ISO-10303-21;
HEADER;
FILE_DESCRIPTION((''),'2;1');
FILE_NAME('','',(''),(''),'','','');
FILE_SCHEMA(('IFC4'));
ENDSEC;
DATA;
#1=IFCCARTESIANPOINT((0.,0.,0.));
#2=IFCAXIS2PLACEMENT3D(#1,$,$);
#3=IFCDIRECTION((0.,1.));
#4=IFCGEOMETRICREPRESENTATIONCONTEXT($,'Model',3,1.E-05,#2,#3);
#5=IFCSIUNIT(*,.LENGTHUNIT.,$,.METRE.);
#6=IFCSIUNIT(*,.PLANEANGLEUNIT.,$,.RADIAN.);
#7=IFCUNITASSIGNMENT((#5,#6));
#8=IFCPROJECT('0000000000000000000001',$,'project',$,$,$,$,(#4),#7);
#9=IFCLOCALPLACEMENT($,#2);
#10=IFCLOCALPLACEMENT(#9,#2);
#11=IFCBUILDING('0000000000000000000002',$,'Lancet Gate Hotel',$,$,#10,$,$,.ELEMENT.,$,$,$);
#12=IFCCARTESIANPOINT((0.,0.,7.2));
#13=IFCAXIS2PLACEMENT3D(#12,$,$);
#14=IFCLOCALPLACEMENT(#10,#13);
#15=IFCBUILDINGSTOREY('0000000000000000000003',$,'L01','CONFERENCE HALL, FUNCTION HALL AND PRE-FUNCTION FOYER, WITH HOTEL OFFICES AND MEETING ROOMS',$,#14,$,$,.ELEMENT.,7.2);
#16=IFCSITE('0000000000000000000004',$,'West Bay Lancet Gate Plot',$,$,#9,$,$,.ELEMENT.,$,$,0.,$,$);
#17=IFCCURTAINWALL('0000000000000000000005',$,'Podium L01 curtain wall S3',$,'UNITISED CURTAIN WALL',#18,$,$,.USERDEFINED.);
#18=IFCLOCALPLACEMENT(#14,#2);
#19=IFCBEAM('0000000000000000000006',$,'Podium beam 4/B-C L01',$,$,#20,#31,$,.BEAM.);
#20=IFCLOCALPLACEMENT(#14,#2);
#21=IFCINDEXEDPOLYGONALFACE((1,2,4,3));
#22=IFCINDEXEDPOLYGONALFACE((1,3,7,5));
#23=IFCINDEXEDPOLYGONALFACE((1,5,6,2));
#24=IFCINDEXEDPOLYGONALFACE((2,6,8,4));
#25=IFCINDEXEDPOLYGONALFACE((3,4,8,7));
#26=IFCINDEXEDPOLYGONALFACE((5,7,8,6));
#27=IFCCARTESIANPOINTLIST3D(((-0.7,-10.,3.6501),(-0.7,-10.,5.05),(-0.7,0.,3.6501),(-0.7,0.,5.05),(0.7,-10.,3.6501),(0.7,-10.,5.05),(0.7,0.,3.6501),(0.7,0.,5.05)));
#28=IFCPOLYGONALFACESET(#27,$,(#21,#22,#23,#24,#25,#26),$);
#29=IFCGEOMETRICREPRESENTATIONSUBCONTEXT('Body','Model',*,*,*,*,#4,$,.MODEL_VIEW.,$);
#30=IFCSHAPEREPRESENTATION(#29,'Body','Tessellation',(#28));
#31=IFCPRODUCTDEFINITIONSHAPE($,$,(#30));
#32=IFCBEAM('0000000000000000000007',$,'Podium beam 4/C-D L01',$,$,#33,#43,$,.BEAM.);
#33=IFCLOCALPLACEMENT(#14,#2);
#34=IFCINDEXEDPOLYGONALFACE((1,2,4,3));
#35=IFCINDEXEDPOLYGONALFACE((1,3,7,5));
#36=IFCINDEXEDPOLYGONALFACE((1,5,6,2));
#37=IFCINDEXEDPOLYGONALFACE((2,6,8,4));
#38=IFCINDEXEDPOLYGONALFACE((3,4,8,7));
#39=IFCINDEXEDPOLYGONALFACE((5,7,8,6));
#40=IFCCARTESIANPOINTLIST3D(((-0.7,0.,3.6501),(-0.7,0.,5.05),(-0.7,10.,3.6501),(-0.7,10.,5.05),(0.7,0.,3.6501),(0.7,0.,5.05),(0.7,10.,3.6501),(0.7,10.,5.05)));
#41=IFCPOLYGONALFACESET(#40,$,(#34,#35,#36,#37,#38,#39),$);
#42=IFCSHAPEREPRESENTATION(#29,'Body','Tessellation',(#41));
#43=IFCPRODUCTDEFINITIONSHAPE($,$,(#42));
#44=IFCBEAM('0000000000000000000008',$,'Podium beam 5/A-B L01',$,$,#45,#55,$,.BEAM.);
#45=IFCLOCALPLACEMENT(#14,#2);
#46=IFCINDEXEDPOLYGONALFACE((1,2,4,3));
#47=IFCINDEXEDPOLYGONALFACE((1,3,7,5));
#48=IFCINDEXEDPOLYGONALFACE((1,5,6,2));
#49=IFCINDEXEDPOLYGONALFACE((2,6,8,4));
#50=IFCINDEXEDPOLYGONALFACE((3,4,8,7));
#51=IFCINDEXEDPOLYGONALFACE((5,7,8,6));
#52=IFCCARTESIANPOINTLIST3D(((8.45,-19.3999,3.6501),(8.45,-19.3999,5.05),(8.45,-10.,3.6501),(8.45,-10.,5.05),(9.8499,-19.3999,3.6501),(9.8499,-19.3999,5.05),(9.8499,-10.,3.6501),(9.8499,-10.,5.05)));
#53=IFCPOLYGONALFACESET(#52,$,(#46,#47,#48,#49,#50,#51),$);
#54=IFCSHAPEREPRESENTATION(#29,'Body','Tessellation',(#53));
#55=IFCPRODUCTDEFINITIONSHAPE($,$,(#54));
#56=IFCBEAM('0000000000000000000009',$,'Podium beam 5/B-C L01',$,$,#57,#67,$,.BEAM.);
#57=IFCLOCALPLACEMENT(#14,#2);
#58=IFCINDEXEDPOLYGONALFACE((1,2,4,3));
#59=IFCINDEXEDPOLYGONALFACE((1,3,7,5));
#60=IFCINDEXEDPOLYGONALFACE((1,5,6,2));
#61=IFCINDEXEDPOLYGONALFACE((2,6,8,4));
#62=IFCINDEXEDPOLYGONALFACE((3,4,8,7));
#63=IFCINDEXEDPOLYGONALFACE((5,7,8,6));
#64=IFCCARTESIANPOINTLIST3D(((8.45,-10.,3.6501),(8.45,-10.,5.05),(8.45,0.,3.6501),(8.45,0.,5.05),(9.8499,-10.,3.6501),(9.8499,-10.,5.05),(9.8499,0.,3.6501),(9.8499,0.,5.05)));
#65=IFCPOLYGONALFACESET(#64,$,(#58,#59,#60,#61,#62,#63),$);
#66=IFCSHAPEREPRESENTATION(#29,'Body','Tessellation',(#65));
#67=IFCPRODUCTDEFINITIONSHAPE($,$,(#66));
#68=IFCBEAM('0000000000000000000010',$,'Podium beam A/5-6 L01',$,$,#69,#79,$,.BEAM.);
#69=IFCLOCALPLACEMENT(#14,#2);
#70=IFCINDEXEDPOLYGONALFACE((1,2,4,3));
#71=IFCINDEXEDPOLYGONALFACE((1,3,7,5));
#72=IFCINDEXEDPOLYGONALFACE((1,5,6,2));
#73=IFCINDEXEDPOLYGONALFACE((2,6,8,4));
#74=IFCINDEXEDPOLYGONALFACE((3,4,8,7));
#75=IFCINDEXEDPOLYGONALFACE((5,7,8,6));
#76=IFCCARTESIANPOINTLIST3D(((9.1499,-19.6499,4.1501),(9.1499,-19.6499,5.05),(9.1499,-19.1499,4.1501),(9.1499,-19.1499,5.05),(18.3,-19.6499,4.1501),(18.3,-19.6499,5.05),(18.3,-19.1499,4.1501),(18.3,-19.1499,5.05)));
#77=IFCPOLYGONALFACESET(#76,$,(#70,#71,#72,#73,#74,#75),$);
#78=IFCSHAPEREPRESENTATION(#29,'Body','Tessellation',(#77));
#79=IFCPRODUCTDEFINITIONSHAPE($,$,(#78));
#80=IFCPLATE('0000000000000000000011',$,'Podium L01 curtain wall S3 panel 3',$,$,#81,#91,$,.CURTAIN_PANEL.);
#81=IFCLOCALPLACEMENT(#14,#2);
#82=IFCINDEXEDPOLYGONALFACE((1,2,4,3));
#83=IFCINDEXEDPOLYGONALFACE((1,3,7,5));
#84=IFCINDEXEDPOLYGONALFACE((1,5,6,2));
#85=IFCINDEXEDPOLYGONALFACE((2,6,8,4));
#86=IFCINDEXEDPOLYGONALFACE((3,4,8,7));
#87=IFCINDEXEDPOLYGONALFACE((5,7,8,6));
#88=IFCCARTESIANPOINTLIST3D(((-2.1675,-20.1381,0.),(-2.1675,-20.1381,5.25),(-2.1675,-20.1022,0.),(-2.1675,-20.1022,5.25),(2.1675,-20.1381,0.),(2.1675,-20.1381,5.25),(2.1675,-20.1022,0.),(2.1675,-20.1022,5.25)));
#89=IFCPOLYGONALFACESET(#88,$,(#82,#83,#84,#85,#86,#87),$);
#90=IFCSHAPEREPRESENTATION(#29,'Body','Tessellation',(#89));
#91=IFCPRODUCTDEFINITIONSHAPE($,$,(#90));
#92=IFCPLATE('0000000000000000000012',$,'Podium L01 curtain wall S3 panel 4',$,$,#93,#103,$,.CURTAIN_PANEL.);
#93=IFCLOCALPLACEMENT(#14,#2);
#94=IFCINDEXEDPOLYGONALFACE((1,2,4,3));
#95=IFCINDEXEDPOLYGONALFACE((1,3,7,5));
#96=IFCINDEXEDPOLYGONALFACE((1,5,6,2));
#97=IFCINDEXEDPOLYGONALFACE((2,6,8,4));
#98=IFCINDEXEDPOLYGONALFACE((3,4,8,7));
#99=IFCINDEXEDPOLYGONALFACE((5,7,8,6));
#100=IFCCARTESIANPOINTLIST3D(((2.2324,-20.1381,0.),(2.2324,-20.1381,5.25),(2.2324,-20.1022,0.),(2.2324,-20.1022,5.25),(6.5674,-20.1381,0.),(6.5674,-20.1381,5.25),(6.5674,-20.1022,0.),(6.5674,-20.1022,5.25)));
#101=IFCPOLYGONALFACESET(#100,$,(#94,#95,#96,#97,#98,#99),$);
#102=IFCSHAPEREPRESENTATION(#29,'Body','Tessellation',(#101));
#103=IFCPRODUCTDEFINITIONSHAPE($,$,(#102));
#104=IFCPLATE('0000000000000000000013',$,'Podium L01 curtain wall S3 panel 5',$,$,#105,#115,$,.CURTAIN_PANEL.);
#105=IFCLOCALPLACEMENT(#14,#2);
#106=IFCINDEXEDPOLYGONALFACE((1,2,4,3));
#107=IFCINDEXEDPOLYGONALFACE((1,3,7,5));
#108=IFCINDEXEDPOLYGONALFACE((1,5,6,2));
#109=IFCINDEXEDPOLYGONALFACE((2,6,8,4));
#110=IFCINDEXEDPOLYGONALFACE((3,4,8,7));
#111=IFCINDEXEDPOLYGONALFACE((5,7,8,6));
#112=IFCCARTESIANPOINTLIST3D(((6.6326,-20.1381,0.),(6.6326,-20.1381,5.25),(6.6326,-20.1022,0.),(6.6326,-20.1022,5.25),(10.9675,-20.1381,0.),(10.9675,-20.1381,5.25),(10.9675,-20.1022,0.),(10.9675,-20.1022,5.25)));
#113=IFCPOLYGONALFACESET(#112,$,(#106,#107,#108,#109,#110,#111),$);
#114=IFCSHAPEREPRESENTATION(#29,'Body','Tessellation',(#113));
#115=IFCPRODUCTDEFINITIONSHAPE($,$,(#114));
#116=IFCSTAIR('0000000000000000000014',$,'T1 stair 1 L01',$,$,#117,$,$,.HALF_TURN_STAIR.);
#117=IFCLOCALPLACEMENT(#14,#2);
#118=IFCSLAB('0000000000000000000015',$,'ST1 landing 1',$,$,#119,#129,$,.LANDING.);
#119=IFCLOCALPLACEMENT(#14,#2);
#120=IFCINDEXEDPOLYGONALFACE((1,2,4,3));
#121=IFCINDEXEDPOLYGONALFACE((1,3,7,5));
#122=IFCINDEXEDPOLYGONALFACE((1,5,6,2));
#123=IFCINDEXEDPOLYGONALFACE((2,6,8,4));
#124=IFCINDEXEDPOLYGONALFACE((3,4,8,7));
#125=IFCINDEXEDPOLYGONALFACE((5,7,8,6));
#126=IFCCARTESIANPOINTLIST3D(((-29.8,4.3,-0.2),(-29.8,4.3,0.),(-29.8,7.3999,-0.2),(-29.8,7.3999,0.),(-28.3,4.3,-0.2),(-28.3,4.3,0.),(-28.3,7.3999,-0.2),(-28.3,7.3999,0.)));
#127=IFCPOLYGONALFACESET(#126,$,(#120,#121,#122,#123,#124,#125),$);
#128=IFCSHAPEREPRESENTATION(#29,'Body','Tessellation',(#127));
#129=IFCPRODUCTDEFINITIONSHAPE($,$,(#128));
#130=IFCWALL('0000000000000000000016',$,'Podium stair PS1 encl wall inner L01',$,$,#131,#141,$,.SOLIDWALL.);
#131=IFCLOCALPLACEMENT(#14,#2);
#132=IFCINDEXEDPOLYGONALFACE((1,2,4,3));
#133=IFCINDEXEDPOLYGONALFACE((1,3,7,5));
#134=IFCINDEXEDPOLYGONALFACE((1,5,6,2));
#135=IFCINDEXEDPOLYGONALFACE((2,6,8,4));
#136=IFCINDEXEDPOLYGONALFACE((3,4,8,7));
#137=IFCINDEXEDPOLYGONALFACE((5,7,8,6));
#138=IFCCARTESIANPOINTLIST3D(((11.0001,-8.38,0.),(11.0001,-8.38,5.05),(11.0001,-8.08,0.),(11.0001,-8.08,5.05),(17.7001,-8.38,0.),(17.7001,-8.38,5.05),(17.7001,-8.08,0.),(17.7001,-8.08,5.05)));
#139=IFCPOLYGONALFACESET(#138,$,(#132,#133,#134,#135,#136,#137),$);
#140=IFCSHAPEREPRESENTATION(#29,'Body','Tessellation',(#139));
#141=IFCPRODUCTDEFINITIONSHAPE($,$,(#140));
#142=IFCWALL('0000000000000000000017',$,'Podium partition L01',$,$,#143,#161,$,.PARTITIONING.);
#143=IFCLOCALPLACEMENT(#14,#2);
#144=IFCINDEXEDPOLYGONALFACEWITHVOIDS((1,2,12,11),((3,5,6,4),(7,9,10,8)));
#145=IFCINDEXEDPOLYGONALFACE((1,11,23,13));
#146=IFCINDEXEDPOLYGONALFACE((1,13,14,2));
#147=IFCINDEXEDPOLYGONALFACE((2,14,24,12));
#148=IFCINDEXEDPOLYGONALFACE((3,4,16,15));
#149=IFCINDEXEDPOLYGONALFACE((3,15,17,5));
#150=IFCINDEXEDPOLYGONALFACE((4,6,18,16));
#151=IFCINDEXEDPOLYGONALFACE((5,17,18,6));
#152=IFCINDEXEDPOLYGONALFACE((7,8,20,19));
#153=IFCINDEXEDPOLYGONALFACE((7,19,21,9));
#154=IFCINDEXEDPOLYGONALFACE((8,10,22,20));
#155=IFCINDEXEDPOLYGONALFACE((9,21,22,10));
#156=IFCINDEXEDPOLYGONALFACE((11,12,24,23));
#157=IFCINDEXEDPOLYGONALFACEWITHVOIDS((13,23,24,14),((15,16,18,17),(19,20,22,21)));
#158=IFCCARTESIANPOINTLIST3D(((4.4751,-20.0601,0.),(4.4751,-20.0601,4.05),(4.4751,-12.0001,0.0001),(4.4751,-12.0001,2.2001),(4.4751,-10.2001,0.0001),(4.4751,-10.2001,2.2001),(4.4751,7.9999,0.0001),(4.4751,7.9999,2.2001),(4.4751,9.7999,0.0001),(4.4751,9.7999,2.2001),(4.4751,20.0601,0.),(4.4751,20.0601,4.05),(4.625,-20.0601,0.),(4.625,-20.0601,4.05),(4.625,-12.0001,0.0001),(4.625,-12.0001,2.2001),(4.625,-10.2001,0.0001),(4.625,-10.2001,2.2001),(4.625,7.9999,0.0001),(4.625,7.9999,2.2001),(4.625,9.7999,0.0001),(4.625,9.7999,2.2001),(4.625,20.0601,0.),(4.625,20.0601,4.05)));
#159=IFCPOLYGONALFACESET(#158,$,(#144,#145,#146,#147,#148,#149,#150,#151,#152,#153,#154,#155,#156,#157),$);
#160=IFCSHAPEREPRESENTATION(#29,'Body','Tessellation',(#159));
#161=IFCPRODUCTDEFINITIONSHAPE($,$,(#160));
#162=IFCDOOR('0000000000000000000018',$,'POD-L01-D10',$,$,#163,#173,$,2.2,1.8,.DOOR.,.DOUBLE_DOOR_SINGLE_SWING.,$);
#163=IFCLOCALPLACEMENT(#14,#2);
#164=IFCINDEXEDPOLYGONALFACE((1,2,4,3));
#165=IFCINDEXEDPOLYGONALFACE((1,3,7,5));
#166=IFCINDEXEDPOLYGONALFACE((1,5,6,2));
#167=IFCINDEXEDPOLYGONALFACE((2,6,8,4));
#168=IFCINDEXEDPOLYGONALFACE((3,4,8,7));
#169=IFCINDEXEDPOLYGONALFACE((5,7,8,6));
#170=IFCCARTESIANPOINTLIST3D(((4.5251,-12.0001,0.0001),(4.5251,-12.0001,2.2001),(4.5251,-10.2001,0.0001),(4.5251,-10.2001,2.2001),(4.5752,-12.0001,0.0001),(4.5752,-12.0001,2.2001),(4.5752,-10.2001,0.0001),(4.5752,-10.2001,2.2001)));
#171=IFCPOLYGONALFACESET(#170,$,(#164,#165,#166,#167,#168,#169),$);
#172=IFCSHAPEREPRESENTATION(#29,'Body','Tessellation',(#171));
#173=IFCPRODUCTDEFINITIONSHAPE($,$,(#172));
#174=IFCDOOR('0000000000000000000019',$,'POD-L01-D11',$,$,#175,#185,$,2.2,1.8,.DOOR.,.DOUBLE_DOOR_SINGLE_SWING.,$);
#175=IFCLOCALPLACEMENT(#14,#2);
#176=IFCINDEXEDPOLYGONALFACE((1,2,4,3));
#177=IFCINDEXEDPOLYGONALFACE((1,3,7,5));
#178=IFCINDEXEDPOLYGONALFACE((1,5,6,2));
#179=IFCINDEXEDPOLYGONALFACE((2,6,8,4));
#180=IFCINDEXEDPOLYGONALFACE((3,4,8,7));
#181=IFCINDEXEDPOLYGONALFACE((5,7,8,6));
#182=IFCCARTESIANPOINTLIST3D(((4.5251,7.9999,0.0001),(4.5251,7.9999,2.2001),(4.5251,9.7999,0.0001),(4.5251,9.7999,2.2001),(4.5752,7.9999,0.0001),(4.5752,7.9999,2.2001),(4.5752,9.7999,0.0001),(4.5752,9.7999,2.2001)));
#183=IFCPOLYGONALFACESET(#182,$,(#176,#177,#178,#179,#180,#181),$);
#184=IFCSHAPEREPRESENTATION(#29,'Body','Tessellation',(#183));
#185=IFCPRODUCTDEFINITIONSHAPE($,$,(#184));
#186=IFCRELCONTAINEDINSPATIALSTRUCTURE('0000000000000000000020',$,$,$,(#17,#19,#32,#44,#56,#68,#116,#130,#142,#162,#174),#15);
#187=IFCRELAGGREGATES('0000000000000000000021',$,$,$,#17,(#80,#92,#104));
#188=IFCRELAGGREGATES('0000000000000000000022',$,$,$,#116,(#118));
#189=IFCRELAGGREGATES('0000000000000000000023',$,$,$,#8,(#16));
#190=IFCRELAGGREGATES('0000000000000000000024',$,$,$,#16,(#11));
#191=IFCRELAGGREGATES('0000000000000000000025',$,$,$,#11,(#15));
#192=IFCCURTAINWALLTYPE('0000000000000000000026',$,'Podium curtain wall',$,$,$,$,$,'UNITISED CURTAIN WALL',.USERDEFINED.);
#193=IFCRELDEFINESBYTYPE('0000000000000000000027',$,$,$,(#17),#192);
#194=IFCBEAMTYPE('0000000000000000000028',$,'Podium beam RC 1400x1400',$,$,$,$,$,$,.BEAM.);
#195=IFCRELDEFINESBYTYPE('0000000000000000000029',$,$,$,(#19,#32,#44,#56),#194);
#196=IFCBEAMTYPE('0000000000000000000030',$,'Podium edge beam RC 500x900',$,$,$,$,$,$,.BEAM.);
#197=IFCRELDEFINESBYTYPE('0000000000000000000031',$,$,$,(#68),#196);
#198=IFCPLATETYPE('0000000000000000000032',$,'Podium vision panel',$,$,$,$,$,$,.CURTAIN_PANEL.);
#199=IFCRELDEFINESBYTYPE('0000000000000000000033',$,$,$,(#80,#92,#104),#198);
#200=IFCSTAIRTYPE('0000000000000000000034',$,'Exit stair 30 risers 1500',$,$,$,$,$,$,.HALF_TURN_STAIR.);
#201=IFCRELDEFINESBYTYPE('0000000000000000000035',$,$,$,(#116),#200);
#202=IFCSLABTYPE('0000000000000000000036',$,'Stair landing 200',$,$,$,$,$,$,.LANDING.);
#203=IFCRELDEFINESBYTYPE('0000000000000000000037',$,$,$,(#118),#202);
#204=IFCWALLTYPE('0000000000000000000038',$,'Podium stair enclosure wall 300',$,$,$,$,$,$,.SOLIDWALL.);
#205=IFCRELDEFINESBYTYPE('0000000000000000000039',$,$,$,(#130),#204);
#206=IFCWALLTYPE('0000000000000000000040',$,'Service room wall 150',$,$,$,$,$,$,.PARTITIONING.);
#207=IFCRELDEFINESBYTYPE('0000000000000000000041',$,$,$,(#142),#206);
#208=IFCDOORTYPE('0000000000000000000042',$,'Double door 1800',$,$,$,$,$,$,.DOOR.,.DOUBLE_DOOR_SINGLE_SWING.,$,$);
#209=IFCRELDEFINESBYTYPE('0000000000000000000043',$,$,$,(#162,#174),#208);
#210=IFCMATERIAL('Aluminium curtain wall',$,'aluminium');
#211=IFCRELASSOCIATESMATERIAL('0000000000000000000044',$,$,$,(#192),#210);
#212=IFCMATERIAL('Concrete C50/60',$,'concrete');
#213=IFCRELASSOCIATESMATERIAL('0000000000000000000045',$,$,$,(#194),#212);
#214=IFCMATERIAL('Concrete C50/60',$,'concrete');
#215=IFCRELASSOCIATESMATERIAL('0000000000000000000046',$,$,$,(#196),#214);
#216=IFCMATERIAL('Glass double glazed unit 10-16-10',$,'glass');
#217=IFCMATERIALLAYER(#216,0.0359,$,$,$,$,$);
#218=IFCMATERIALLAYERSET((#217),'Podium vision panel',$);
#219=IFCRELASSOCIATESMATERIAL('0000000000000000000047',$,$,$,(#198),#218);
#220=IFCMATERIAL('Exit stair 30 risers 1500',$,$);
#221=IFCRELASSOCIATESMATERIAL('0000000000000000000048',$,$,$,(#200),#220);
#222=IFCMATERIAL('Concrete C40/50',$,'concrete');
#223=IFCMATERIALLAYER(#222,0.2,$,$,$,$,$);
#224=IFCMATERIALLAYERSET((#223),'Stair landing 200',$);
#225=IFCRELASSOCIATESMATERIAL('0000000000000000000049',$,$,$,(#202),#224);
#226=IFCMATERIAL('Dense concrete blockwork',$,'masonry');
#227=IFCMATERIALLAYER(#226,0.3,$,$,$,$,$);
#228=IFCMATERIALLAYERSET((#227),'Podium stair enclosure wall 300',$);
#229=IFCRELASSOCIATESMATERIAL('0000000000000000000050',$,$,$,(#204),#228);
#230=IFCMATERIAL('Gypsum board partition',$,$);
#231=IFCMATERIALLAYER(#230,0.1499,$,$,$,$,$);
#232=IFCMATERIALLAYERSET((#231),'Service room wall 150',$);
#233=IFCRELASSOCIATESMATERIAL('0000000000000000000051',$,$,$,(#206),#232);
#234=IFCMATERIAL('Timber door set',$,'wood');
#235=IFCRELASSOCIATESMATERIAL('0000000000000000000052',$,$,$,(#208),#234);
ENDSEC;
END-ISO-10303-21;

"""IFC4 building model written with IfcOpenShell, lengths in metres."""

from ifc_helpers import new_model, si_unit, direction, frame, frame_2d, origin, origin_2d, place, context, subcontext, project, spatial, polyline, rectangle, outline, extrude, material, layer, layer_set, material_profile, profile_set, type_object, element, fill, aggregate, save


model = new_model("IFC4")

# Units and contexts
model_context = context("Model", 3, precision=1e-05, world=origin(), true_north=direction((0.0, 1.0)))
body_context = subcontext(model_context, "Body", "Model", "MODEL_VIEW")
ifc_project = project(units=[si_unit("LENGTHUNIT", "METRE"), si_unit("PLANEANGLEUNIT", "RADIAN")], contexts=[model_context])

# Site, building, storey
site_placement = place(None, origin())
site = spatial("IfcSite", under=ifc_project, at=site_placement, Name="West Bay Lancet Gate Plot", CompositionType="ELEMENT", RefElevation=0.0)
building_placement = place(site_placement, origin())
building = spatial("IfcBuilding", under=site, at=building_placement, Name="Lancet Gate Hotel", CompositionType="ELEMENT")
storey_placement = place(building_placement, frame((0.0, 0.0, 7.2)))
storey = spatial("IfcBuildingStorey", under=building, at=storey_placement, Name="L01", Description="CONFERENCE HALL, FUNCTION HALL AND PRE-FUNCTION FOYER, WITH HOTEL OFFICES AND MEETING ROOMS", CompositionType="ELEMENT", Elevation=7.2)

# Curtain wall
ifc_material_1 = material(Name="Aluminium curtain wall", Category="aluminium")
curtain_wall_type = type_object("IfcCurtainWallType", Name="Podium curtain wall", ElementType="UNITISED CURTAIN WALL", PredefinedType="USERDEFINED", material=ifc_material_1)
curtain_wall_placement = place(storey_placement, origin())
curtain_wall = element("IfcCurtainWall", 1, at=curtain_wall_placement, inside=storey, type_object=curtain_wall_type, Name="Podium L01 curtain wall S3", ObjectType="UNITISED CURTAIN WALL", PredefinedType="USERDEFINED")

# Beams
ifc_material_2 = material(Name="Concrete C50/60", Category="concrete")
ifc_material_profile_1 = material_profile(ifc_material_2, rectangle(XDim=1.3999, YDim=1.3999, at=origin_2d()), Name="RC 1400x1400")
ifc_profile_set_1 = profile_set([ifc_material_profile_1], Name="Concrete C50/60")
beam_type_1 = type_object("IfcBeamType", Name="Podium beam RC 1400x1400", PredefinedType="BEAM", material=ifc_profile_set_1)
for number, where, z_axis, x_axis, name in (
    (2, (0.0, -10.0, 4.3501), (0.0, 1.0, 0.0), (-1.0, 0.0, 0.0), "Podium beam 4/B-C L01"),
    (3, (0.0, 0.0, 4.3501), (0.0, 1.0, 0.0), (-1.0, 0.0, 0.0), "Podium beam 4/C-D L01"),
):
    element("IfcBeam", number, at=place(storey_placement, frame(where, z_axis=z_axis, x_axis=x_axis)), inside=storey, type_object=beam_type_1, Name=name, PredefinedType="BEAM", context=body_context, shape_type="SweptSolid", body=[
        extrude(rectangle(XDim=1.3999, YDim=1.3999, at=origin_2d()), origin(), (0.0, 0.0, 1.0), 10.0),
    ])
beam_1_placement = place(storey_placement, frame((9.1499, -19.3999, 4.3501), z_axis=(0.0, 1.0, 0.0), x_axis=(-1.0, 0.0, 0.0)))
element("IfcBeam", 4, at=beam_1_placement, inside=storey, type_object=beam_type_1, Name="Podium beam 5/A-B L01", PredefinedType="BEAM", context=body_context, shape_type="SweptSolid", body=[
    extrude(rectangle(XDim=1.3999, YDim=1.3999, at=origin_2d()), origin(), (0.0, 0.0, 1.0), 9.3999),
])
beam_2_placement = place(storey_placement, frame((9.1499, -10.0, 4.3501), z_axis=(0.0, 1.0, 0.0), x_axis=(-1.0, 0.0, 0.0)))
element("IfcBeam", 5, at=beam_2_placement, inside=storey, type_object=beam_type_1, Name="Podium beam 5/B-C L01", PredefinedType="BEAM", context=body_context, shape_type="SweptSolid", body=[
    extrude(rectangle(XDim=1.3999, YDim=1.3999, at=origin_2d()), origin(), (0.0, 0.0, 1.0), 10.0),
])
ifc_material_3 = material(Name="Concrete C50/60", Category="concrete")
ifc_material_profile_2 = material_profile(ifc_material_3, rectangle(XDim=0.5, YDim=0.8999, at=origin_2d()), Name="RC 500x900")
ifc_profile_set_2 = profile_set([ifc_material_profile_2], Name="Concrete C50/60")
beam_type_2 = type_object("IfcBeamType", Name="Podium edge beam RC 500x900", PredefinedType="BEAM", material=ifc_profile_set_2)
beam_3_placement = place(storey_placement, frame((9.1499, -19.3999, 4.6001), z_axis=(1.0, 0.0, 0.0), x_axis=(0.0, 1.0, 0.0)))
element("IfcBeam", 6, at=beam_3_placement, inside=storey, type_object=beam_type_2, Name="Podium beam A/5-6 L01", PredefinedType="BEAM", context=body_context, shape_type="SweptSolid", body=[
    extrude(rectangle(XDim=0.5, YDim=0.8999, at=origin_2d()), origin(), (0.0, 0.0, 1.0), 9.1501),
])

# Plates
ifc_material_4 = material(Name="Glass double glazed unit 10-16-10", Category="glass")
ifc_layer_1 = layer(ifc_material_4, 0.0359)
ifc_layer_set_1 = layer_set([ifc_layer_1], Name="Podium vision panel")
plate_type = type_object("IfcPlateType", Name="Podium vision panel", PredefinedType="CURTAIN_PANEL", material=ifc_layer_set_1)
plate_1_placement = place(storey_placement, frame((0.0, -20.1201, 0.0), z_axis=(0.0, 0.0, 1.0), x_axis=(1.0, 0.0, 0.0)))
plate_1 = element("IfcPlate", 7, at=plate_1_placement, type_object=plate_type, Name="Podium L01 curtain wall S3 panel 3", PredefinedType="CURTAIN_PANEL", context=body_context, shape_type="SweptSolid", body=[
    extrude(rectangle(XDim=4.335, YDim=0.0359, at=origin_2d()), origin(), (0.0, 0.0, 1.0), 5.25),
])
plate_2_placement = place(storey_placement, frame((4.3999, -20.1201, 0.0), z_axis=(0.0, 0.0, 1.0), x_axis=(1.0, 0.0, 0.0)))
plate_2 = element("IfcPlate", 8, at=plate_2_placement, type_object=plate_type, Name="Podium L01 curtain wall S3 panel 4", PredefinedType="CURTAIN_PANEL", context=body_context, shape_type="SweptSolid", body=[
    extrude(rectangle(XDim=4.335, YDim=0.0359, at=origin_2d()), origin(), (0.0, 0.0, 1.0), 5.25),
])
plate_3_placement = place(storey_placement, frame((8.8, -20.1201, 0.0), z_axis=(0.0, 0.0, 1.0), x_axis=(1.0, 0.0, 0.0)))
plate_3 = element("IfcPlate", 9, at=plate_3_placement, type_object=plate_type, Name="Podium L01 curtain wall S3 panel 5", PredefinedType="CURTAIN_PANEL", context=body_context, shape_type="SweptSolid", body=[
    extrude(rectangle(XDim=4.335, YDim=0.0359, at=origin_2d()), origin(), (0.0, 0.0, 1.0), 5.25),
])
aggregate(curtain_wall, [plate_1, plate_2, plate_3])

# Stair, slab
ifc_material_5 = material(Name="Exit stair 30 risers 1500")
stair_type = type_object("IfcStairType", Name="Exit stair 30 risers 1500", PredefinedType="HALF_TURN_STAIR", material=ifc_material_5)
stair_placement = place(storey_placement, origin())
stair = element("IfcStair", 10, at=stair_placement, inside=storey, type_object=stair_type, Name="T1 stair 1 L01", PredefinedType="HALF_TURN_STAIR")
ifc_material_6 = material(Name="Concrete C40/50", Category="concrete")
ifc_layer_2 = layer(ifc_material_6, 0.2)
ifc_layer_set_2 = layer_set([ifc_layer_2], Name="Stair landing 200")
slab_type = type_object("IfcSlabType", Name="Stair landing 200", PredefinedType="LANDING", material=ifc_layer_set_2)
slab_placement = place(storey_placement, frame((0.0, 0.0, -0.2)))
slab = element("IfcSlab", 11, at=slab_placement, type_object=slab_type, Name="ST1 landing 1", PredefinedType="LANDING", context=body_context, shape_type="SweptSolid", body=[
    extrude(outline(polyline([(-28.3, 7.3999), (-29.8, 7.3999), (-29.8, 4.3), (-28.3, 4.3), (-28.3, 7.3999)])), origin(), (0.0, 0.0, 1.0), 0.2),
])
aggregate(stair, [slab])

# Wall
ifc_material_7 = material(Name="Dense concrete blockwork", Category="masonry")
ifc_layer_3 = layer(ifc_material_7, 0.3)
ifc_layer_set_3 = layer_set([ifc_layer_3], Name="Podium stair enclosure wall 300")
wall_type_1 = type_object("IfcWallType", Name="Podium stair enclosure wall 300", PredefinedType="SOLIDWALL", material=ifc_layer_set_3)
wall_1_placement = place(storey_placement, frame((11.0, -8.23, 0.0), z_axis=(0.0, 0.0, 1.0), x_axis=(1.0, 0.0, 0.0)))
element("IfcWall", 12, at=wall_1_placement, inside=storey, type_object=wall_type_1, Name="Podium stair PS1 encl wall inner L01", PredefinedType="SOLIDWALL", context=body_context, shape_type="SweptSolid", body=[
    extrude(rectangle(XDim=6.7, YDim=0.3, at=frame_2d((3.3501, 0.0))), origin(), (0.0, 0.0, 1.0), 5.05),
])

# Wall, openings, doors
ifc_material_8 = material(Name="Gypsum board partition")
ifc_layer_4 = layer(ifc_material_8, 0.1499)
ifc_layer_set_4 = layer_set([ifc_layer_4], Name="Service room wall 150")
wall_type_2 = type_object("IfcWallType", Name="Service room wall 150", PredefinedType="PARTITIONING", material=ifc_layer_set_4)
wall_2_placement = place(storey_placement, frame((4.55, -20.0601, 0.0), z_axis=(0.0, 0.0, 1.0), x_axis=(0.0, 1.0, 0.0)))
wall_2 = element("IfcWall", 13, at=wall_2_placement, inside=storey, type_object=wall_type_2, Name="Podium partition L01", PredefinedType="PARTITIONING", context=body_context, shape_type="SweptSolid", body=[
    extrude(rectangle(XDim=40.1201, YDim=0.1499, at=frame_2d((20.0601, 0.0))), origin(), (0.0, 0.0, 1.0), 4.05),
])
opening_1_placement = place(wall_2_placement, frame((8.0601, 0.0, 0.0)))
opening_1 = element("IfcOpeningElement", 14, at=opening_1_placement, cuts=wall_2, PredefinedType="OPENING", context=body_context, shape_type="SweptSolid", body=[
    extrude(rectangle(XDim=1.8, YDim=2.2, at=frame_2d((0.8999, 1.1001))), frame((0.0, 0.085, 0.0), z_axis=(0.0, -1.0, 0.0), x_axis=(1.0, 0.0, 0.0)), (0.0, 0.0, 1.0), 0.1699),
])
opening_2_placement = place(wall_2_placement, frame((28.0601, 0.0, 0.0)))
opening_2 = element("IfcOpeningElement", 15, at=opening_2_placement, cuts=wall_2, PredefinedType="OPENING", context=body_context, shape_type="SweptSolid", body=[
    extrude(rectangle(XDim=1.8, YDim=2.2, at=frame_2d((0.8999, 1.1001))), frame((0.0, 0.085, 0.0), z_axis=(0.0, -1.0, 0.0), x_axis=(1.0, 0.0, 0.0)), (0.0, 0.0, 1.0), 0.1699),
])
ifc_material_9 = material(Name="Timber door set", Category="wood")
door_type = type_object("IfcDoorType", Name="Double door 1800", OperationType="DOUBLE_DOOR_SINGLE_SWING", PredefinedType="DOOR", material=ifc_material_9)
door_1_placement = place(opening_1_placement, origin())
door_1 = element("IfcDoor", 16, at=door_1_placement, inside=storey, type_object=door_type, Name="POD-L01-D10", OperationType="DOUBLE_DOOR_SINGLE_SWING", OverallHeight=2.2, OverallWidth=1.8, PredefinedType="DOOR", context=body_context, shape_type="SweptSolid", body=[
    extrude(rectangle(XDim=1.8, YDim=2.2, at=frame_2d((0.8999, 1.1001))), frame((0.0, 0.0249, 0.0), z_axis=(0.0, -1.0, 0.0), x_axis=(1.0, 0.0, 0.0)), (0.0, 0.0, 1.0), 0.05),
])
fill(opening_1, door_1)
door_2_placement = place(opening_2_placement, origin())
door_2 = element("IfcDoor", 17, at=door_2_placement, inside=storey, type_object=door_type, Name="POD-L01-D11", OperationType="DOUBLE_DOOR_SINGLE_SWING", OverallHeight=2.2, OverallWidth=1.8, PredefinedType="DOOR", context=body_context, shape_type="SweptSolid", body=[
    extrude(rectangle(XDim=1.8, YDim=2.2, at=frame_2d((0.8999, 1.1001))), frame((0.0, 0.0249, 0.0), z_axis=(0.0, -1.0, 0.0), x_axis=(1.0, 0.0, 0.0)), (0.0, 0.0, 1.0), 0.05),
])
fill(opening_2, door_2)

save(model, "model.ifc")
